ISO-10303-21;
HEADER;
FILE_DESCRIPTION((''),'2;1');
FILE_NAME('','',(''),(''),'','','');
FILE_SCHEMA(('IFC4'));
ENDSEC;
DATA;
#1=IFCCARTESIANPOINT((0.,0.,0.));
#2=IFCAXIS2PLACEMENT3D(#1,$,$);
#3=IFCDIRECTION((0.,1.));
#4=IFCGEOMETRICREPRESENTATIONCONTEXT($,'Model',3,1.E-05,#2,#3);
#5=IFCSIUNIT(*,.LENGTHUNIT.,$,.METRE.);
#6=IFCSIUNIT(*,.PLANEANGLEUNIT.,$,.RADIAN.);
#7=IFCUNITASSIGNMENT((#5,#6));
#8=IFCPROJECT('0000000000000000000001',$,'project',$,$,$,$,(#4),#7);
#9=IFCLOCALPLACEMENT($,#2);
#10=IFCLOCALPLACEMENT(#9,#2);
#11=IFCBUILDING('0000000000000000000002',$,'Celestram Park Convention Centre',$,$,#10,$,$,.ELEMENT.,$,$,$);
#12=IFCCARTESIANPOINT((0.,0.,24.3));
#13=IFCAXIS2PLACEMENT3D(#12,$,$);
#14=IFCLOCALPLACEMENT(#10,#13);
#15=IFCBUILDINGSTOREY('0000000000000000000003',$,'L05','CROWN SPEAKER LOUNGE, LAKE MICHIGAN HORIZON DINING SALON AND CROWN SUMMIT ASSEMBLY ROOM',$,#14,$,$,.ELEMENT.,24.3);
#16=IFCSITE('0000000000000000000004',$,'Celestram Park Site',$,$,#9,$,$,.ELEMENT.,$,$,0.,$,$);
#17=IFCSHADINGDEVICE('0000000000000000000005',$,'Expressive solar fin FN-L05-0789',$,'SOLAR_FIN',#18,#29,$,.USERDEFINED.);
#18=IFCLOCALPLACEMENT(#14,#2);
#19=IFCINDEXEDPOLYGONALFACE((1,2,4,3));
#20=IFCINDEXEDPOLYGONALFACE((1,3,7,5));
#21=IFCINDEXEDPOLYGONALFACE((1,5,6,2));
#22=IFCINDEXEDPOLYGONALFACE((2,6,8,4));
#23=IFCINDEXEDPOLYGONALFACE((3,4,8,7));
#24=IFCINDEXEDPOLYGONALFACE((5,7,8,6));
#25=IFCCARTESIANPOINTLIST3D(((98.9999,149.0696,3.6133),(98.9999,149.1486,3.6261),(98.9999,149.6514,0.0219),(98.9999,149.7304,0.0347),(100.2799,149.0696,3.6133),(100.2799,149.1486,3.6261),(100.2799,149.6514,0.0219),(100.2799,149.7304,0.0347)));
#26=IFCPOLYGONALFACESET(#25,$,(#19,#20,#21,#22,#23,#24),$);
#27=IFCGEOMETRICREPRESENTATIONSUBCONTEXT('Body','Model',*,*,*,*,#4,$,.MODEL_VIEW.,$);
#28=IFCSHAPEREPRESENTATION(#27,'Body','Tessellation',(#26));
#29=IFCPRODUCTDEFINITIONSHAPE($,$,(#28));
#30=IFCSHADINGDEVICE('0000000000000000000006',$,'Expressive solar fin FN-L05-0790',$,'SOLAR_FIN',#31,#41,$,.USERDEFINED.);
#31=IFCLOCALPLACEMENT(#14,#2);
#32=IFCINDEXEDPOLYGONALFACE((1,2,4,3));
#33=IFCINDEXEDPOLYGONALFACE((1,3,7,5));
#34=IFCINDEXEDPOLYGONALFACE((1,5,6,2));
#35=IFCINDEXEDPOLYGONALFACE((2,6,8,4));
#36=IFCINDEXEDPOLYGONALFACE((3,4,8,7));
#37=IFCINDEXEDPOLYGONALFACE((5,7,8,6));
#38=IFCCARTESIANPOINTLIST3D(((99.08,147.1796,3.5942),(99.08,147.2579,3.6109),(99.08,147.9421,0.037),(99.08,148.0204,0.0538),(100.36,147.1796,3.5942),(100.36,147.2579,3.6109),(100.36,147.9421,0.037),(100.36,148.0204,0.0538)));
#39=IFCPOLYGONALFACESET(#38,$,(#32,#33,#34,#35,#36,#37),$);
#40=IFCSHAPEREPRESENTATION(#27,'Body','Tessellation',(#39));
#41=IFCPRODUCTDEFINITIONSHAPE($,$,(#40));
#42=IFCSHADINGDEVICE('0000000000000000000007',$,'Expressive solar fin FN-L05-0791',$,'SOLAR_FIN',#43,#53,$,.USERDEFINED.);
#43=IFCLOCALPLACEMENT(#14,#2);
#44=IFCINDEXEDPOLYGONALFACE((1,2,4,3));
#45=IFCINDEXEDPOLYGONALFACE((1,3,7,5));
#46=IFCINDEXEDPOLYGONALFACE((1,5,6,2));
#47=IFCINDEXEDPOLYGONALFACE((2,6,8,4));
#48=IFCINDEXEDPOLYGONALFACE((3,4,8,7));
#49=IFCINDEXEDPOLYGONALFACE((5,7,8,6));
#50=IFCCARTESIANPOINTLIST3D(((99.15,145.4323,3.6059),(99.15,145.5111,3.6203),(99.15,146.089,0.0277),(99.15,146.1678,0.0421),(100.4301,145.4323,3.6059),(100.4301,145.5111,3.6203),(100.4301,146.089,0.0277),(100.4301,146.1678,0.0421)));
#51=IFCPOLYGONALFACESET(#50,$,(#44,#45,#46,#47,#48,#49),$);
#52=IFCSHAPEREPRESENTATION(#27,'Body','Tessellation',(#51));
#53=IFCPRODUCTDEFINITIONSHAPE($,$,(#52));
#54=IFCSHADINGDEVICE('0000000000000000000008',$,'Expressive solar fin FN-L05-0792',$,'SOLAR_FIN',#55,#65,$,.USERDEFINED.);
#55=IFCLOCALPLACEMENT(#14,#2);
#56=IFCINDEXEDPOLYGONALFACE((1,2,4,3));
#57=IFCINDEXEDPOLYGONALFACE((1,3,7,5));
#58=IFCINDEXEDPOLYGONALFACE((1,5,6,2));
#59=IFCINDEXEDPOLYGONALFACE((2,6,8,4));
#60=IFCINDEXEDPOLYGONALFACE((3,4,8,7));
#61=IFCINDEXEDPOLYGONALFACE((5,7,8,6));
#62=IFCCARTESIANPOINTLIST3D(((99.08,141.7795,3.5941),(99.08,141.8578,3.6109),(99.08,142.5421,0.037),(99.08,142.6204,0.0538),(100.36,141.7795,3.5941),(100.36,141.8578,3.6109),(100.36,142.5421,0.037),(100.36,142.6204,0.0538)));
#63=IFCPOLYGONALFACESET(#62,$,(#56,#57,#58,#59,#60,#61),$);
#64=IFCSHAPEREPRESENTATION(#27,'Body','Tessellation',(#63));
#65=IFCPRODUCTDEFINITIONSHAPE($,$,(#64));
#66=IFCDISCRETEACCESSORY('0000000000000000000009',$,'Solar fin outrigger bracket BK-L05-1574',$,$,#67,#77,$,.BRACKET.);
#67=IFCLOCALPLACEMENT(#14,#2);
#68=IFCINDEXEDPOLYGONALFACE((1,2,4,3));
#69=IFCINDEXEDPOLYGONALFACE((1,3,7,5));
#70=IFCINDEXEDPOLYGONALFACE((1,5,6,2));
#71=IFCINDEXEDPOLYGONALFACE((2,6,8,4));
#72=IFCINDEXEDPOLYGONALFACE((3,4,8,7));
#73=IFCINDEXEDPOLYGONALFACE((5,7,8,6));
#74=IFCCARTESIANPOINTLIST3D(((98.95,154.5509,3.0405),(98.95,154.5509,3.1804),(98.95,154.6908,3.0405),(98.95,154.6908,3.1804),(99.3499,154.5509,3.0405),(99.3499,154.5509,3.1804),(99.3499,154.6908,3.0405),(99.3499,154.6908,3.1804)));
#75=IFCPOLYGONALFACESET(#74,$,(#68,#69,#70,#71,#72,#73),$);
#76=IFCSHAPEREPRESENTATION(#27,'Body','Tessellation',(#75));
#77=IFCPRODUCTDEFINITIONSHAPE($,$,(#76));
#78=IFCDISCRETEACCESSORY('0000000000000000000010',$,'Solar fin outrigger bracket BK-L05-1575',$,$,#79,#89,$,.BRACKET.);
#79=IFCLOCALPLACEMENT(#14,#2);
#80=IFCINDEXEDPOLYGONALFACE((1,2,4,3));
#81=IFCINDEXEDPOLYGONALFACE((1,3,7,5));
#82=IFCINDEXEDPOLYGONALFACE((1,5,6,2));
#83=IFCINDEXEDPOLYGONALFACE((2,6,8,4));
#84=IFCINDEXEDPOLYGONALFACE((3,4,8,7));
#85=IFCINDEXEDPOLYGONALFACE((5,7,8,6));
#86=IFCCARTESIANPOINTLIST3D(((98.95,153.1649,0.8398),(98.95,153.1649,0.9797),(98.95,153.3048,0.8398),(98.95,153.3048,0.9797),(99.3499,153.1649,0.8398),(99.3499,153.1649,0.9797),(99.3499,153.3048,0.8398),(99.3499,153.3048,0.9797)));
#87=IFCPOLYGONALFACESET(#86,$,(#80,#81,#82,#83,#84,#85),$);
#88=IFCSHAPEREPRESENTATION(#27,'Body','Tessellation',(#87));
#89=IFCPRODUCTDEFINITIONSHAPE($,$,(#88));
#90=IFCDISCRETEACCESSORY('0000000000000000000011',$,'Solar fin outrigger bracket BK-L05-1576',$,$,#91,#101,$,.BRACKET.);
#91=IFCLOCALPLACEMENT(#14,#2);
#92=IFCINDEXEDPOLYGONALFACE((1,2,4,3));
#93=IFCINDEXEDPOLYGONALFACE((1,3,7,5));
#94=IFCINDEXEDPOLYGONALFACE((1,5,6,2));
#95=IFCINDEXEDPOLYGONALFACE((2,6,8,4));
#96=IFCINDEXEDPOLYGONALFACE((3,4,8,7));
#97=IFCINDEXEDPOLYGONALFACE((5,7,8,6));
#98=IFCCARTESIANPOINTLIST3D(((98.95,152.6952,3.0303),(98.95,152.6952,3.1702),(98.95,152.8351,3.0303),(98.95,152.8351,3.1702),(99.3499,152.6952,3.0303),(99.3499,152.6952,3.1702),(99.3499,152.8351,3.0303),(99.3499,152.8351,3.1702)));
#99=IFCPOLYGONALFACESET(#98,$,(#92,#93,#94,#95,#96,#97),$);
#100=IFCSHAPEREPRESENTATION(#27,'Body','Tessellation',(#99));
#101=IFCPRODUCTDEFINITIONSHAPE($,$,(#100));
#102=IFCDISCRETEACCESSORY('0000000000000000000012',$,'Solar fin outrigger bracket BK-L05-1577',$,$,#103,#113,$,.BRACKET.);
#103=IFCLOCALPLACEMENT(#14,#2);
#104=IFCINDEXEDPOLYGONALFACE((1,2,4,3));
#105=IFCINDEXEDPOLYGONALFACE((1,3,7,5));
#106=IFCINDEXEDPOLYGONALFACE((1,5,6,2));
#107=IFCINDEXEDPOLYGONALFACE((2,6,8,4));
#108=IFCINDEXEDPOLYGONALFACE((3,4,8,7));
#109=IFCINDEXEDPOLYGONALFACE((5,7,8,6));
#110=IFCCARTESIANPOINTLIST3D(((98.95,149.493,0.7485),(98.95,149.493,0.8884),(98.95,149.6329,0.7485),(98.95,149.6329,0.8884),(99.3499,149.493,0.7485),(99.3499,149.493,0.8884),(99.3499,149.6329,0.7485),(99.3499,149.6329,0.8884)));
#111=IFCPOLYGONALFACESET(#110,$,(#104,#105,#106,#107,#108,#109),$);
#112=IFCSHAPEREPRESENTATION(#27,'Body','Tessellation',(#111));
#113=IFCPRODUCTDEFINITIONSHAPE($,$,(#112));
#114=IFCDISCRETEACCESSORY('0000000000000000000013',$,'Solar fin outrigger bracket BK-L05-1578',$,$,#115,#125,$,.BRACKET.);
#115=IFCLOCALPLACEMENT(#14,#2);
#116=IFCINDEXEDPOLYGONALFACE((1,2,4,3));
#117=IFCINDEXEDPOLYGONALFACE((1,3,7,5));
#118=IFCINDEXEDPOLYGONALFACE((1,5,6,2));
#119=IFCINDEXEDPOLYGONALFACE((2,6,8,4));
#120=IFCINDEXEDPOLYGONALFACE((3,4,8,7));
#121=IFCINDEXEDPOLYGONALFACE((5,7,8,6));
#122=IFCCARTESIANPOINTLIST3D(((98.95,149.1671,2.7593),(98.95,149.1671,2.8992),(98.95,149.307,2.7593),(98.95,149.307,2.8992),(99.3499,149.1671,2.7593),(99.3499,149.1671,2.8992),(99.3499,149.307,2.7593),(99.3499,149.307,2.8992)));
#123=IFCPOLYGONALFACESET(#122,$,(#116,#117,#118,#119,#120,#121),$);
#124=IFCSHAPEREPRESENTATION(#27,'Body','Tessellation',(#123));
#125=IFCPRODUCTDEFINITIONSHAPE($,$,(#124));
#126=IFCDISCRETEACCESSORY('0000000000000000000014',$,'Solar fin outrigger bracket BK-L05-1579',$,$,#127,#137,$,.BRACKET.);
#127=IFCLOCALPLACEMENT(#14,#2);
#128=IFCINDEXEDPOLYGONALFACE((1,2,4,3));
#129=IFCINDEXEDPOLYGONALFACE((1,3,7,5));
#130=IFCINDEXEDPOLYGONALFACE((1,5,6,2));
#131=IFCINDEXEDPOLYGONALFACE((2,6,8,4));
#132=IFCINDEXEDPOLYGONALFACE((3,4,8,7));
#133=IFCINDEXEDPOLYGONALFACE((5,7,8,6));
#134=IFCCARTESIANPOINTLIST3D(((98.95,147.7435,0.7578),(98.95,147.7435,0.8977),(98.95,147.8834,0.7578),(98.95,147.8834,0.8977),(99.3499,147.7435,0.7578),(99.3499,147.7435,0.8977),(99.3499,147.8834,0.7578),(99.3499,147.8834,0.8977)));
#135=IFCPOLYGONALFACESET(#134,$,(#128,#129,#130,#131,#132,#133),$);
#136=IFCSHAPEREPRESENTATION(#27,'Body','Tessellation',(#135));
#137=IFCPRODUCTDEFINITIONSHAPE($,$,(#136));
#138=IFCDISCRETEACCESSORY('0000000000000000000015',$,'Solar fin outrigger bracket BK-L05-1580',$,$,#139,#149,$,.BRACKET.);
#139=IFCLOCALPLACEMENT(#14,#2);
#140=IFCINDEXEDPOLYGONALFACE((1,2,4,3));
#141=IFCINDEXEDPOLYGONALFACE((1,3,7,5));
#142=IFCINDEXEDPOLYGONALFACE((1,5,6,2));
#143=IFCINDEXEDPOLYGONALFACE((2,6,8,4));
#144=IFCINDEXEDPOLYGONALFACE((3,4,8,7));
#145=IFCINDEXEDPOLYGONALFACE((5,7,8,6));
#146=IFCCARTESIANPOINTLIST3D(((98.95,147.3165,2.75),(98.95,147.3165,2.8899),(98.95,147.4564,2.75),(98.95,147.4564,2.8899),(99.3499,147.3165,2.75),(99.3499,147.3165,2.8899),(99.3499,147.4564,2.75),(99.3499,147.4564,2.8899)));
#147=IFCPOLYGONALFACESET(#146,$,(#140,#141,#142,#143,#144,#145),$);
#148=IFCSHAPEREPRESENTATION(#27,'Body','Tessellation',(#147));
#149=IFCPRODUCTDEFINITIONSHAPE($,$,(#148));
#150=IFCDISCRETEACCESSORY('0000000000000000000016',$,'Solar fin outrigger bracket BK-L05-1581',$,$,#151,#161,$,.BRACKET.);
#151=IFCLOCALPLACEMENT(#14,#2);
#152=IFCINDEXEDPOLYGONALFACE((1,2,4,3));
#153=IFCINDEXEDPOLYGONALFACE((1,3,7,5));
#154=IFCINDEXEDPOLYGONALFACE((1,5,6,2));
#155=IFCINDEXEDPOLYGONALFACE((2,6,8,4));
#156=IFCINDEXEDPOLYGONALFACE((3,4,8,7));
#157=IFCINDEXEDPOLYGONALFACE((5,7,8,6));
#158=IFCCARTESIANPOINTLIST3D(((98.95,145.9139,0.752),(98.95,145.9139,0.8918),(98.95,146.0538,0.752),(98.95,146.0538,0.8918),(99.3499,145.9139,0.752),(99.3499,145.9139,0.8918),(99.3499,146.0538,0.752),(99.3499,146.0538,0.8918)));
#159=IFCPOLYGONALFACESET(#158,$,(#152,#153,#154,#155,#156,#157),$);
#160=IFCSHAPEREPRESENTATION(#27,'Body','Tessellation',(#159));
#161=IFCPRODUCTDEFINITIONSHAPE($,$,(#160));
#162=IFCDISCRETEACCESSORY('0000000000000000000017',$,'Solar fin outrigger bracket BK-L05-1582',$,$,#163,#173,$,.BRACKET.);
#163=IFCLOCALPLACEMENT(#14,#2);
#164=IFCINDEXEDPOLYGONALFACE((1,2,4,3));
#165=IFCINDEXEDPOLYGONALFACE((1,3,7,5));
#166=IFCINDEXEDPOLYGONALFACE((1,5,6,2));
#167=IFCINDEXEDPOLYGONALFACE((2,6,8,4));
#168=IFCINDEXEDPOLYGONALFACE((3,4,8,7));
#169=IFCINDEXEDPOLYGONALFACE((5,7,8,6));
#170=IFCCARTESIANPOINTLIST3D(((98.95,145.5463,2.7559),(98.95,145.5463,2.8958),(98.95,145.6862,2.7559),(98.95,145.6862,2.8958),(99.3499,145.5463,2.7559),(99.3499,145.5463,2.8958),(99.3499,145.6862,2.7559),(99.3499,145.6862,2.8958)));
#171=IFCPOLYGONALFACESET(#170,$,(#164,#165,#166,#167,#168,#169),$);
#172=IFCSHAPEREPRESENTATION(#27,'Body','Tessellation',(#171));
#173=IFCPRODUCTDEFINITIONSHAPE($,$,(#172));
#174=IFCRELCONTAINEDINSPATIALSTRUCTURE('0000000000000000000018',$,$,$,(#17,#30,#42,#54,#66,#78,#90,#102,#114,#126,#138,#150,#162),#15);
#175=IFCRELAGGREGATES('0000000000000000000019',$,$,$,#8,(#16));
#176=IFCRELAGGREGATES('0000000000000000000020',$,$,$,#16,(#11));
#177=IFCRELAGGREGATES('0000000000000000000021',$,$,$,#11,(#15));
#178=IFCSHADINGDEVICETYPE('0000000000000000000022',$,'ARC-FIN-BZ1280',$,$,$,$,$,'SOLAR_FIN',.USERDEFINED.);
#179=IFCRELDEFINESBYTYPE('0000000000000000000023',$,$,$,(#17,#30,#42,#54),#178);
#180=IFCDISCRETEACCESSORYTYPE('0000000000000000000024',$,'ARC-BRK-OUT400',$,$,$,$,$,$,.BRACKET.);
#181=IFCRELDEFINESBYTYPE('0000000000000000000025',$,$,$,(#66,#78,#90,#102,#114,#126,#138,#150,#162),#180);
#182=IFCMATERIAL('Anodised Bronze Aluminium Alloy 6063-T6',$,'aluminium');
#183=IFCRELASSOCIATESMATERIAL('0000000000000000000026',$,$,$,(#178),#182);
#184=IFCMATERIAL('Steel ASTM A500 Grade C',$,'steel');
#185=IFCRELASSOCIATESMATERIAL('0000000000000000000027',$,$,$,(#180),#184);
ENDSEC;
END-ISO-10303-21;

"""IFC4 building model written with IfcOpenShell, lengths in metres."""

from ifc_helpers import new_model, si_unit, direction, frame, origin, origin_2d, place, context, subcontext, project, spatial, rectangle, extrude, material, material_profile, profile_set, type_object, element, save


model = new_model("IFC4")

# Units and contexts
model_context = context("Model", 3, precision=1e-05, world=origin(), true_north=direction((0.0, 1.0)))
body_context = subcontext(model_context, "Body", "Model", "MODEL_VIEW")
ifc_project = project(units=[si_unit("LENGTHUNIT", "METRE"), si_unit("PLANEANGLEUNIT", "RADIAN")], contexts=[model_context])

# Site, building, storey
site_placement = place(None, origin())
site = spatial("IfcSite", under=ifc_project, at=site_placement, Name="Celestram Park Site", CompositionType="ELEMENT", RefElevation=0.0)
building_placement = place(site_placement, origin())
building = spatial("IfcBuilding", under=site, at=building_placement, Name="Celestram Park Convention Centre", CompositionType="ELEMENT")
storey_placement = place(building_placement, frame((0.0, 0.0, 24.3)))
storey = spatial("IfcBuildingStorey", under=building, at=storey_placement, Name="L05", Description="CROWN SPEAKER LOUNGE, LAKE MICHIGAN HORIZON DINING SALON AND CROWN SUMMIT ASSEMBLY ROOM", CompositionType="ELEMENT", Elevation=24.3)

# Shading devices
ifc_material_1 = material(Name="Anodised Bronze Aluminium Alloy 6063-T6", Category="aluminium")
ifc_material_profile_1 = material_profile(ifc_material_1, rectangle(XDim=1.28, YDim=0.0801, at=origin_2d()), Name="FIN1280X80")
ifc_profile_set_1 = profile_set([ifc_material_profile_1], Name="Anodised Bronze Aluminium Alloy 6063-T6")
shading_device_type = type_object("IfcShadingDeviceType", Name="ARC-FIN-BZ1280", ElementType="SOLAR_FIN", PredefinedType="USERDEFINED", material=ifc_profile_set_1)
shading_device_placement = place(storey_placement, frame((99.6399, 149.6909, 0.0283), z_axis=(0.0, -0.159914, 0.987131), x_axis=(1.0, 0.0, 0.0)))
element("IfcShadingDevice", 1, at=shading_device_placement, inside=storey, type_object=shading_device_type, Name="Expressive solar fin FN-L05-0789", ObjectType="SOLAR_FIN", PredefinedType="USERDEFINED", context=body_context, shape_type="SweptSolid", body=[
    extrude(rectangle(XDim=1.28, YDim=0.0801, at=origin_2d()), origin(), (0.0, 0.0, 1.0), 3.6382),
])
for number, where, z_axis, x_axis, name in (
    (2, (99.72, 147.9812, 0.0454), (0.0, -0.209584, 0.977791), (1.0, 0.0, 0.0), "Expressive solar fin FN-L05-0790"),
    (3, (99.79, 146.1284, 0.0349), (0.0, -0.180527, 0.98357), (1.0, 0.0, 0.0), "Expressive solar fin FN-L05-0791"),
    (4, (99.72, 142.5813, 0.0454), (0.0, -0.209648, 0.977777), (1.0, 0.0, 0.0), "Expressive solar fin FN-L05-0792"),
):
    element("IfcShadingDevice", number, at=place(storey_placement, frame(where, z_axis=z_axis, x_axis=x_axis)), inside=storey, type_object=shading_device_type, Name=name, ObjectType="SOLAR_FIN", PredefinedType="USERDEFINED", context=body_context, shape_type="SweptSolid", body=[
        extrude(rectangle(XDim=1.28, YDim=0.0801, at=origin_2d()), origin(), (0.0, 0.0, 1.0), 3.6379),
    ])

# Discrete accessories
ifc_material_2 = material(Name="Steel ASTM A500 Grade C", Category="steel")
discrete_accessory_type = type_object("IfcDiscreteAccessoryType", Name="ARC-BRK-OUT400", PredefinedType="BRACKET", material=ifc_material_2)
for number, where, z_axis, x_axis, name in (
    (5, (99.1499, 154.6208, 3.0405), (0.0, 0.0, 1.0), (1.0, 0.0, 0.0), "Solar fin outrigger bracket BK-L05-1574"),
    (6, (99.1499, 153.2349, 0.8398), (0.0, 0.0, 1.0), (1.0, 0.0, 0.0), "Solar fin outrigger bracket BK-L05-1575"),
    (7, (99.1499, 152.7651, 3.0303), (0.0, 0.0, 1.0), (1.0, 0.0, 0.0), "Solar fin outrigger bracket BK-L05-1576"),
    (8, (99.1499, 149.563, 0.7485), (0.0, 0.0, 1.0), (1.0, 0.0, 0.0), "Solar fin outrigger bracket BK-L05-1577"),
    (9, (99.1499, 149.2371, 2.7593), (0.0, 0.0, 1.0), (1.0, 0.0, 0.0), "Solar fin outrigger bracket BK-L05-1578"),
    (10, (99.1499, 147.8135, 0.7578), (0.0, 0.0, 1.0), (1.0, 0.0, 0.0), "Solar fin outrigger bracket BK-L05-1579"),
    (11, (99.1499, 147.3865, 2.75), (0.0, 0.0, 1.0), (1.0, 0.0, 0.0), "Solar fin outrigger bracket BK-L05-1580"),
    (12, (99.1499, 145.9839, 0.752), (0.0, 0.0, 1.0), (1.0, 0.0, 0.0), "Solar fin outrigger bracket BK-L05-1581"),
    (13, (99.1499, 145.6162, 2.7559), (0.0, 0.0, 1.0), (1.0, 0.0, 0.0), "Solar fin outrigger bracket BK-L05-1582"),
):
    element("IfcDiscreteAccessory", number, at=place(storey_placement, frame(where, z_axis=z_axis, x_axis=x_axis)), inside=storey, type_object=discrete_accessory_type, Name=name, PredefinedType="BRACKET", context=body_context, shape_type="SweptSolid", body=[
        extrude(rectangle(XDim=0.3999, YDim=0.1399, at=origin_2d()), origin(), (0.0, 0.0, 1.0), 0.1399),
    ])

save(model, "model.ifc")
